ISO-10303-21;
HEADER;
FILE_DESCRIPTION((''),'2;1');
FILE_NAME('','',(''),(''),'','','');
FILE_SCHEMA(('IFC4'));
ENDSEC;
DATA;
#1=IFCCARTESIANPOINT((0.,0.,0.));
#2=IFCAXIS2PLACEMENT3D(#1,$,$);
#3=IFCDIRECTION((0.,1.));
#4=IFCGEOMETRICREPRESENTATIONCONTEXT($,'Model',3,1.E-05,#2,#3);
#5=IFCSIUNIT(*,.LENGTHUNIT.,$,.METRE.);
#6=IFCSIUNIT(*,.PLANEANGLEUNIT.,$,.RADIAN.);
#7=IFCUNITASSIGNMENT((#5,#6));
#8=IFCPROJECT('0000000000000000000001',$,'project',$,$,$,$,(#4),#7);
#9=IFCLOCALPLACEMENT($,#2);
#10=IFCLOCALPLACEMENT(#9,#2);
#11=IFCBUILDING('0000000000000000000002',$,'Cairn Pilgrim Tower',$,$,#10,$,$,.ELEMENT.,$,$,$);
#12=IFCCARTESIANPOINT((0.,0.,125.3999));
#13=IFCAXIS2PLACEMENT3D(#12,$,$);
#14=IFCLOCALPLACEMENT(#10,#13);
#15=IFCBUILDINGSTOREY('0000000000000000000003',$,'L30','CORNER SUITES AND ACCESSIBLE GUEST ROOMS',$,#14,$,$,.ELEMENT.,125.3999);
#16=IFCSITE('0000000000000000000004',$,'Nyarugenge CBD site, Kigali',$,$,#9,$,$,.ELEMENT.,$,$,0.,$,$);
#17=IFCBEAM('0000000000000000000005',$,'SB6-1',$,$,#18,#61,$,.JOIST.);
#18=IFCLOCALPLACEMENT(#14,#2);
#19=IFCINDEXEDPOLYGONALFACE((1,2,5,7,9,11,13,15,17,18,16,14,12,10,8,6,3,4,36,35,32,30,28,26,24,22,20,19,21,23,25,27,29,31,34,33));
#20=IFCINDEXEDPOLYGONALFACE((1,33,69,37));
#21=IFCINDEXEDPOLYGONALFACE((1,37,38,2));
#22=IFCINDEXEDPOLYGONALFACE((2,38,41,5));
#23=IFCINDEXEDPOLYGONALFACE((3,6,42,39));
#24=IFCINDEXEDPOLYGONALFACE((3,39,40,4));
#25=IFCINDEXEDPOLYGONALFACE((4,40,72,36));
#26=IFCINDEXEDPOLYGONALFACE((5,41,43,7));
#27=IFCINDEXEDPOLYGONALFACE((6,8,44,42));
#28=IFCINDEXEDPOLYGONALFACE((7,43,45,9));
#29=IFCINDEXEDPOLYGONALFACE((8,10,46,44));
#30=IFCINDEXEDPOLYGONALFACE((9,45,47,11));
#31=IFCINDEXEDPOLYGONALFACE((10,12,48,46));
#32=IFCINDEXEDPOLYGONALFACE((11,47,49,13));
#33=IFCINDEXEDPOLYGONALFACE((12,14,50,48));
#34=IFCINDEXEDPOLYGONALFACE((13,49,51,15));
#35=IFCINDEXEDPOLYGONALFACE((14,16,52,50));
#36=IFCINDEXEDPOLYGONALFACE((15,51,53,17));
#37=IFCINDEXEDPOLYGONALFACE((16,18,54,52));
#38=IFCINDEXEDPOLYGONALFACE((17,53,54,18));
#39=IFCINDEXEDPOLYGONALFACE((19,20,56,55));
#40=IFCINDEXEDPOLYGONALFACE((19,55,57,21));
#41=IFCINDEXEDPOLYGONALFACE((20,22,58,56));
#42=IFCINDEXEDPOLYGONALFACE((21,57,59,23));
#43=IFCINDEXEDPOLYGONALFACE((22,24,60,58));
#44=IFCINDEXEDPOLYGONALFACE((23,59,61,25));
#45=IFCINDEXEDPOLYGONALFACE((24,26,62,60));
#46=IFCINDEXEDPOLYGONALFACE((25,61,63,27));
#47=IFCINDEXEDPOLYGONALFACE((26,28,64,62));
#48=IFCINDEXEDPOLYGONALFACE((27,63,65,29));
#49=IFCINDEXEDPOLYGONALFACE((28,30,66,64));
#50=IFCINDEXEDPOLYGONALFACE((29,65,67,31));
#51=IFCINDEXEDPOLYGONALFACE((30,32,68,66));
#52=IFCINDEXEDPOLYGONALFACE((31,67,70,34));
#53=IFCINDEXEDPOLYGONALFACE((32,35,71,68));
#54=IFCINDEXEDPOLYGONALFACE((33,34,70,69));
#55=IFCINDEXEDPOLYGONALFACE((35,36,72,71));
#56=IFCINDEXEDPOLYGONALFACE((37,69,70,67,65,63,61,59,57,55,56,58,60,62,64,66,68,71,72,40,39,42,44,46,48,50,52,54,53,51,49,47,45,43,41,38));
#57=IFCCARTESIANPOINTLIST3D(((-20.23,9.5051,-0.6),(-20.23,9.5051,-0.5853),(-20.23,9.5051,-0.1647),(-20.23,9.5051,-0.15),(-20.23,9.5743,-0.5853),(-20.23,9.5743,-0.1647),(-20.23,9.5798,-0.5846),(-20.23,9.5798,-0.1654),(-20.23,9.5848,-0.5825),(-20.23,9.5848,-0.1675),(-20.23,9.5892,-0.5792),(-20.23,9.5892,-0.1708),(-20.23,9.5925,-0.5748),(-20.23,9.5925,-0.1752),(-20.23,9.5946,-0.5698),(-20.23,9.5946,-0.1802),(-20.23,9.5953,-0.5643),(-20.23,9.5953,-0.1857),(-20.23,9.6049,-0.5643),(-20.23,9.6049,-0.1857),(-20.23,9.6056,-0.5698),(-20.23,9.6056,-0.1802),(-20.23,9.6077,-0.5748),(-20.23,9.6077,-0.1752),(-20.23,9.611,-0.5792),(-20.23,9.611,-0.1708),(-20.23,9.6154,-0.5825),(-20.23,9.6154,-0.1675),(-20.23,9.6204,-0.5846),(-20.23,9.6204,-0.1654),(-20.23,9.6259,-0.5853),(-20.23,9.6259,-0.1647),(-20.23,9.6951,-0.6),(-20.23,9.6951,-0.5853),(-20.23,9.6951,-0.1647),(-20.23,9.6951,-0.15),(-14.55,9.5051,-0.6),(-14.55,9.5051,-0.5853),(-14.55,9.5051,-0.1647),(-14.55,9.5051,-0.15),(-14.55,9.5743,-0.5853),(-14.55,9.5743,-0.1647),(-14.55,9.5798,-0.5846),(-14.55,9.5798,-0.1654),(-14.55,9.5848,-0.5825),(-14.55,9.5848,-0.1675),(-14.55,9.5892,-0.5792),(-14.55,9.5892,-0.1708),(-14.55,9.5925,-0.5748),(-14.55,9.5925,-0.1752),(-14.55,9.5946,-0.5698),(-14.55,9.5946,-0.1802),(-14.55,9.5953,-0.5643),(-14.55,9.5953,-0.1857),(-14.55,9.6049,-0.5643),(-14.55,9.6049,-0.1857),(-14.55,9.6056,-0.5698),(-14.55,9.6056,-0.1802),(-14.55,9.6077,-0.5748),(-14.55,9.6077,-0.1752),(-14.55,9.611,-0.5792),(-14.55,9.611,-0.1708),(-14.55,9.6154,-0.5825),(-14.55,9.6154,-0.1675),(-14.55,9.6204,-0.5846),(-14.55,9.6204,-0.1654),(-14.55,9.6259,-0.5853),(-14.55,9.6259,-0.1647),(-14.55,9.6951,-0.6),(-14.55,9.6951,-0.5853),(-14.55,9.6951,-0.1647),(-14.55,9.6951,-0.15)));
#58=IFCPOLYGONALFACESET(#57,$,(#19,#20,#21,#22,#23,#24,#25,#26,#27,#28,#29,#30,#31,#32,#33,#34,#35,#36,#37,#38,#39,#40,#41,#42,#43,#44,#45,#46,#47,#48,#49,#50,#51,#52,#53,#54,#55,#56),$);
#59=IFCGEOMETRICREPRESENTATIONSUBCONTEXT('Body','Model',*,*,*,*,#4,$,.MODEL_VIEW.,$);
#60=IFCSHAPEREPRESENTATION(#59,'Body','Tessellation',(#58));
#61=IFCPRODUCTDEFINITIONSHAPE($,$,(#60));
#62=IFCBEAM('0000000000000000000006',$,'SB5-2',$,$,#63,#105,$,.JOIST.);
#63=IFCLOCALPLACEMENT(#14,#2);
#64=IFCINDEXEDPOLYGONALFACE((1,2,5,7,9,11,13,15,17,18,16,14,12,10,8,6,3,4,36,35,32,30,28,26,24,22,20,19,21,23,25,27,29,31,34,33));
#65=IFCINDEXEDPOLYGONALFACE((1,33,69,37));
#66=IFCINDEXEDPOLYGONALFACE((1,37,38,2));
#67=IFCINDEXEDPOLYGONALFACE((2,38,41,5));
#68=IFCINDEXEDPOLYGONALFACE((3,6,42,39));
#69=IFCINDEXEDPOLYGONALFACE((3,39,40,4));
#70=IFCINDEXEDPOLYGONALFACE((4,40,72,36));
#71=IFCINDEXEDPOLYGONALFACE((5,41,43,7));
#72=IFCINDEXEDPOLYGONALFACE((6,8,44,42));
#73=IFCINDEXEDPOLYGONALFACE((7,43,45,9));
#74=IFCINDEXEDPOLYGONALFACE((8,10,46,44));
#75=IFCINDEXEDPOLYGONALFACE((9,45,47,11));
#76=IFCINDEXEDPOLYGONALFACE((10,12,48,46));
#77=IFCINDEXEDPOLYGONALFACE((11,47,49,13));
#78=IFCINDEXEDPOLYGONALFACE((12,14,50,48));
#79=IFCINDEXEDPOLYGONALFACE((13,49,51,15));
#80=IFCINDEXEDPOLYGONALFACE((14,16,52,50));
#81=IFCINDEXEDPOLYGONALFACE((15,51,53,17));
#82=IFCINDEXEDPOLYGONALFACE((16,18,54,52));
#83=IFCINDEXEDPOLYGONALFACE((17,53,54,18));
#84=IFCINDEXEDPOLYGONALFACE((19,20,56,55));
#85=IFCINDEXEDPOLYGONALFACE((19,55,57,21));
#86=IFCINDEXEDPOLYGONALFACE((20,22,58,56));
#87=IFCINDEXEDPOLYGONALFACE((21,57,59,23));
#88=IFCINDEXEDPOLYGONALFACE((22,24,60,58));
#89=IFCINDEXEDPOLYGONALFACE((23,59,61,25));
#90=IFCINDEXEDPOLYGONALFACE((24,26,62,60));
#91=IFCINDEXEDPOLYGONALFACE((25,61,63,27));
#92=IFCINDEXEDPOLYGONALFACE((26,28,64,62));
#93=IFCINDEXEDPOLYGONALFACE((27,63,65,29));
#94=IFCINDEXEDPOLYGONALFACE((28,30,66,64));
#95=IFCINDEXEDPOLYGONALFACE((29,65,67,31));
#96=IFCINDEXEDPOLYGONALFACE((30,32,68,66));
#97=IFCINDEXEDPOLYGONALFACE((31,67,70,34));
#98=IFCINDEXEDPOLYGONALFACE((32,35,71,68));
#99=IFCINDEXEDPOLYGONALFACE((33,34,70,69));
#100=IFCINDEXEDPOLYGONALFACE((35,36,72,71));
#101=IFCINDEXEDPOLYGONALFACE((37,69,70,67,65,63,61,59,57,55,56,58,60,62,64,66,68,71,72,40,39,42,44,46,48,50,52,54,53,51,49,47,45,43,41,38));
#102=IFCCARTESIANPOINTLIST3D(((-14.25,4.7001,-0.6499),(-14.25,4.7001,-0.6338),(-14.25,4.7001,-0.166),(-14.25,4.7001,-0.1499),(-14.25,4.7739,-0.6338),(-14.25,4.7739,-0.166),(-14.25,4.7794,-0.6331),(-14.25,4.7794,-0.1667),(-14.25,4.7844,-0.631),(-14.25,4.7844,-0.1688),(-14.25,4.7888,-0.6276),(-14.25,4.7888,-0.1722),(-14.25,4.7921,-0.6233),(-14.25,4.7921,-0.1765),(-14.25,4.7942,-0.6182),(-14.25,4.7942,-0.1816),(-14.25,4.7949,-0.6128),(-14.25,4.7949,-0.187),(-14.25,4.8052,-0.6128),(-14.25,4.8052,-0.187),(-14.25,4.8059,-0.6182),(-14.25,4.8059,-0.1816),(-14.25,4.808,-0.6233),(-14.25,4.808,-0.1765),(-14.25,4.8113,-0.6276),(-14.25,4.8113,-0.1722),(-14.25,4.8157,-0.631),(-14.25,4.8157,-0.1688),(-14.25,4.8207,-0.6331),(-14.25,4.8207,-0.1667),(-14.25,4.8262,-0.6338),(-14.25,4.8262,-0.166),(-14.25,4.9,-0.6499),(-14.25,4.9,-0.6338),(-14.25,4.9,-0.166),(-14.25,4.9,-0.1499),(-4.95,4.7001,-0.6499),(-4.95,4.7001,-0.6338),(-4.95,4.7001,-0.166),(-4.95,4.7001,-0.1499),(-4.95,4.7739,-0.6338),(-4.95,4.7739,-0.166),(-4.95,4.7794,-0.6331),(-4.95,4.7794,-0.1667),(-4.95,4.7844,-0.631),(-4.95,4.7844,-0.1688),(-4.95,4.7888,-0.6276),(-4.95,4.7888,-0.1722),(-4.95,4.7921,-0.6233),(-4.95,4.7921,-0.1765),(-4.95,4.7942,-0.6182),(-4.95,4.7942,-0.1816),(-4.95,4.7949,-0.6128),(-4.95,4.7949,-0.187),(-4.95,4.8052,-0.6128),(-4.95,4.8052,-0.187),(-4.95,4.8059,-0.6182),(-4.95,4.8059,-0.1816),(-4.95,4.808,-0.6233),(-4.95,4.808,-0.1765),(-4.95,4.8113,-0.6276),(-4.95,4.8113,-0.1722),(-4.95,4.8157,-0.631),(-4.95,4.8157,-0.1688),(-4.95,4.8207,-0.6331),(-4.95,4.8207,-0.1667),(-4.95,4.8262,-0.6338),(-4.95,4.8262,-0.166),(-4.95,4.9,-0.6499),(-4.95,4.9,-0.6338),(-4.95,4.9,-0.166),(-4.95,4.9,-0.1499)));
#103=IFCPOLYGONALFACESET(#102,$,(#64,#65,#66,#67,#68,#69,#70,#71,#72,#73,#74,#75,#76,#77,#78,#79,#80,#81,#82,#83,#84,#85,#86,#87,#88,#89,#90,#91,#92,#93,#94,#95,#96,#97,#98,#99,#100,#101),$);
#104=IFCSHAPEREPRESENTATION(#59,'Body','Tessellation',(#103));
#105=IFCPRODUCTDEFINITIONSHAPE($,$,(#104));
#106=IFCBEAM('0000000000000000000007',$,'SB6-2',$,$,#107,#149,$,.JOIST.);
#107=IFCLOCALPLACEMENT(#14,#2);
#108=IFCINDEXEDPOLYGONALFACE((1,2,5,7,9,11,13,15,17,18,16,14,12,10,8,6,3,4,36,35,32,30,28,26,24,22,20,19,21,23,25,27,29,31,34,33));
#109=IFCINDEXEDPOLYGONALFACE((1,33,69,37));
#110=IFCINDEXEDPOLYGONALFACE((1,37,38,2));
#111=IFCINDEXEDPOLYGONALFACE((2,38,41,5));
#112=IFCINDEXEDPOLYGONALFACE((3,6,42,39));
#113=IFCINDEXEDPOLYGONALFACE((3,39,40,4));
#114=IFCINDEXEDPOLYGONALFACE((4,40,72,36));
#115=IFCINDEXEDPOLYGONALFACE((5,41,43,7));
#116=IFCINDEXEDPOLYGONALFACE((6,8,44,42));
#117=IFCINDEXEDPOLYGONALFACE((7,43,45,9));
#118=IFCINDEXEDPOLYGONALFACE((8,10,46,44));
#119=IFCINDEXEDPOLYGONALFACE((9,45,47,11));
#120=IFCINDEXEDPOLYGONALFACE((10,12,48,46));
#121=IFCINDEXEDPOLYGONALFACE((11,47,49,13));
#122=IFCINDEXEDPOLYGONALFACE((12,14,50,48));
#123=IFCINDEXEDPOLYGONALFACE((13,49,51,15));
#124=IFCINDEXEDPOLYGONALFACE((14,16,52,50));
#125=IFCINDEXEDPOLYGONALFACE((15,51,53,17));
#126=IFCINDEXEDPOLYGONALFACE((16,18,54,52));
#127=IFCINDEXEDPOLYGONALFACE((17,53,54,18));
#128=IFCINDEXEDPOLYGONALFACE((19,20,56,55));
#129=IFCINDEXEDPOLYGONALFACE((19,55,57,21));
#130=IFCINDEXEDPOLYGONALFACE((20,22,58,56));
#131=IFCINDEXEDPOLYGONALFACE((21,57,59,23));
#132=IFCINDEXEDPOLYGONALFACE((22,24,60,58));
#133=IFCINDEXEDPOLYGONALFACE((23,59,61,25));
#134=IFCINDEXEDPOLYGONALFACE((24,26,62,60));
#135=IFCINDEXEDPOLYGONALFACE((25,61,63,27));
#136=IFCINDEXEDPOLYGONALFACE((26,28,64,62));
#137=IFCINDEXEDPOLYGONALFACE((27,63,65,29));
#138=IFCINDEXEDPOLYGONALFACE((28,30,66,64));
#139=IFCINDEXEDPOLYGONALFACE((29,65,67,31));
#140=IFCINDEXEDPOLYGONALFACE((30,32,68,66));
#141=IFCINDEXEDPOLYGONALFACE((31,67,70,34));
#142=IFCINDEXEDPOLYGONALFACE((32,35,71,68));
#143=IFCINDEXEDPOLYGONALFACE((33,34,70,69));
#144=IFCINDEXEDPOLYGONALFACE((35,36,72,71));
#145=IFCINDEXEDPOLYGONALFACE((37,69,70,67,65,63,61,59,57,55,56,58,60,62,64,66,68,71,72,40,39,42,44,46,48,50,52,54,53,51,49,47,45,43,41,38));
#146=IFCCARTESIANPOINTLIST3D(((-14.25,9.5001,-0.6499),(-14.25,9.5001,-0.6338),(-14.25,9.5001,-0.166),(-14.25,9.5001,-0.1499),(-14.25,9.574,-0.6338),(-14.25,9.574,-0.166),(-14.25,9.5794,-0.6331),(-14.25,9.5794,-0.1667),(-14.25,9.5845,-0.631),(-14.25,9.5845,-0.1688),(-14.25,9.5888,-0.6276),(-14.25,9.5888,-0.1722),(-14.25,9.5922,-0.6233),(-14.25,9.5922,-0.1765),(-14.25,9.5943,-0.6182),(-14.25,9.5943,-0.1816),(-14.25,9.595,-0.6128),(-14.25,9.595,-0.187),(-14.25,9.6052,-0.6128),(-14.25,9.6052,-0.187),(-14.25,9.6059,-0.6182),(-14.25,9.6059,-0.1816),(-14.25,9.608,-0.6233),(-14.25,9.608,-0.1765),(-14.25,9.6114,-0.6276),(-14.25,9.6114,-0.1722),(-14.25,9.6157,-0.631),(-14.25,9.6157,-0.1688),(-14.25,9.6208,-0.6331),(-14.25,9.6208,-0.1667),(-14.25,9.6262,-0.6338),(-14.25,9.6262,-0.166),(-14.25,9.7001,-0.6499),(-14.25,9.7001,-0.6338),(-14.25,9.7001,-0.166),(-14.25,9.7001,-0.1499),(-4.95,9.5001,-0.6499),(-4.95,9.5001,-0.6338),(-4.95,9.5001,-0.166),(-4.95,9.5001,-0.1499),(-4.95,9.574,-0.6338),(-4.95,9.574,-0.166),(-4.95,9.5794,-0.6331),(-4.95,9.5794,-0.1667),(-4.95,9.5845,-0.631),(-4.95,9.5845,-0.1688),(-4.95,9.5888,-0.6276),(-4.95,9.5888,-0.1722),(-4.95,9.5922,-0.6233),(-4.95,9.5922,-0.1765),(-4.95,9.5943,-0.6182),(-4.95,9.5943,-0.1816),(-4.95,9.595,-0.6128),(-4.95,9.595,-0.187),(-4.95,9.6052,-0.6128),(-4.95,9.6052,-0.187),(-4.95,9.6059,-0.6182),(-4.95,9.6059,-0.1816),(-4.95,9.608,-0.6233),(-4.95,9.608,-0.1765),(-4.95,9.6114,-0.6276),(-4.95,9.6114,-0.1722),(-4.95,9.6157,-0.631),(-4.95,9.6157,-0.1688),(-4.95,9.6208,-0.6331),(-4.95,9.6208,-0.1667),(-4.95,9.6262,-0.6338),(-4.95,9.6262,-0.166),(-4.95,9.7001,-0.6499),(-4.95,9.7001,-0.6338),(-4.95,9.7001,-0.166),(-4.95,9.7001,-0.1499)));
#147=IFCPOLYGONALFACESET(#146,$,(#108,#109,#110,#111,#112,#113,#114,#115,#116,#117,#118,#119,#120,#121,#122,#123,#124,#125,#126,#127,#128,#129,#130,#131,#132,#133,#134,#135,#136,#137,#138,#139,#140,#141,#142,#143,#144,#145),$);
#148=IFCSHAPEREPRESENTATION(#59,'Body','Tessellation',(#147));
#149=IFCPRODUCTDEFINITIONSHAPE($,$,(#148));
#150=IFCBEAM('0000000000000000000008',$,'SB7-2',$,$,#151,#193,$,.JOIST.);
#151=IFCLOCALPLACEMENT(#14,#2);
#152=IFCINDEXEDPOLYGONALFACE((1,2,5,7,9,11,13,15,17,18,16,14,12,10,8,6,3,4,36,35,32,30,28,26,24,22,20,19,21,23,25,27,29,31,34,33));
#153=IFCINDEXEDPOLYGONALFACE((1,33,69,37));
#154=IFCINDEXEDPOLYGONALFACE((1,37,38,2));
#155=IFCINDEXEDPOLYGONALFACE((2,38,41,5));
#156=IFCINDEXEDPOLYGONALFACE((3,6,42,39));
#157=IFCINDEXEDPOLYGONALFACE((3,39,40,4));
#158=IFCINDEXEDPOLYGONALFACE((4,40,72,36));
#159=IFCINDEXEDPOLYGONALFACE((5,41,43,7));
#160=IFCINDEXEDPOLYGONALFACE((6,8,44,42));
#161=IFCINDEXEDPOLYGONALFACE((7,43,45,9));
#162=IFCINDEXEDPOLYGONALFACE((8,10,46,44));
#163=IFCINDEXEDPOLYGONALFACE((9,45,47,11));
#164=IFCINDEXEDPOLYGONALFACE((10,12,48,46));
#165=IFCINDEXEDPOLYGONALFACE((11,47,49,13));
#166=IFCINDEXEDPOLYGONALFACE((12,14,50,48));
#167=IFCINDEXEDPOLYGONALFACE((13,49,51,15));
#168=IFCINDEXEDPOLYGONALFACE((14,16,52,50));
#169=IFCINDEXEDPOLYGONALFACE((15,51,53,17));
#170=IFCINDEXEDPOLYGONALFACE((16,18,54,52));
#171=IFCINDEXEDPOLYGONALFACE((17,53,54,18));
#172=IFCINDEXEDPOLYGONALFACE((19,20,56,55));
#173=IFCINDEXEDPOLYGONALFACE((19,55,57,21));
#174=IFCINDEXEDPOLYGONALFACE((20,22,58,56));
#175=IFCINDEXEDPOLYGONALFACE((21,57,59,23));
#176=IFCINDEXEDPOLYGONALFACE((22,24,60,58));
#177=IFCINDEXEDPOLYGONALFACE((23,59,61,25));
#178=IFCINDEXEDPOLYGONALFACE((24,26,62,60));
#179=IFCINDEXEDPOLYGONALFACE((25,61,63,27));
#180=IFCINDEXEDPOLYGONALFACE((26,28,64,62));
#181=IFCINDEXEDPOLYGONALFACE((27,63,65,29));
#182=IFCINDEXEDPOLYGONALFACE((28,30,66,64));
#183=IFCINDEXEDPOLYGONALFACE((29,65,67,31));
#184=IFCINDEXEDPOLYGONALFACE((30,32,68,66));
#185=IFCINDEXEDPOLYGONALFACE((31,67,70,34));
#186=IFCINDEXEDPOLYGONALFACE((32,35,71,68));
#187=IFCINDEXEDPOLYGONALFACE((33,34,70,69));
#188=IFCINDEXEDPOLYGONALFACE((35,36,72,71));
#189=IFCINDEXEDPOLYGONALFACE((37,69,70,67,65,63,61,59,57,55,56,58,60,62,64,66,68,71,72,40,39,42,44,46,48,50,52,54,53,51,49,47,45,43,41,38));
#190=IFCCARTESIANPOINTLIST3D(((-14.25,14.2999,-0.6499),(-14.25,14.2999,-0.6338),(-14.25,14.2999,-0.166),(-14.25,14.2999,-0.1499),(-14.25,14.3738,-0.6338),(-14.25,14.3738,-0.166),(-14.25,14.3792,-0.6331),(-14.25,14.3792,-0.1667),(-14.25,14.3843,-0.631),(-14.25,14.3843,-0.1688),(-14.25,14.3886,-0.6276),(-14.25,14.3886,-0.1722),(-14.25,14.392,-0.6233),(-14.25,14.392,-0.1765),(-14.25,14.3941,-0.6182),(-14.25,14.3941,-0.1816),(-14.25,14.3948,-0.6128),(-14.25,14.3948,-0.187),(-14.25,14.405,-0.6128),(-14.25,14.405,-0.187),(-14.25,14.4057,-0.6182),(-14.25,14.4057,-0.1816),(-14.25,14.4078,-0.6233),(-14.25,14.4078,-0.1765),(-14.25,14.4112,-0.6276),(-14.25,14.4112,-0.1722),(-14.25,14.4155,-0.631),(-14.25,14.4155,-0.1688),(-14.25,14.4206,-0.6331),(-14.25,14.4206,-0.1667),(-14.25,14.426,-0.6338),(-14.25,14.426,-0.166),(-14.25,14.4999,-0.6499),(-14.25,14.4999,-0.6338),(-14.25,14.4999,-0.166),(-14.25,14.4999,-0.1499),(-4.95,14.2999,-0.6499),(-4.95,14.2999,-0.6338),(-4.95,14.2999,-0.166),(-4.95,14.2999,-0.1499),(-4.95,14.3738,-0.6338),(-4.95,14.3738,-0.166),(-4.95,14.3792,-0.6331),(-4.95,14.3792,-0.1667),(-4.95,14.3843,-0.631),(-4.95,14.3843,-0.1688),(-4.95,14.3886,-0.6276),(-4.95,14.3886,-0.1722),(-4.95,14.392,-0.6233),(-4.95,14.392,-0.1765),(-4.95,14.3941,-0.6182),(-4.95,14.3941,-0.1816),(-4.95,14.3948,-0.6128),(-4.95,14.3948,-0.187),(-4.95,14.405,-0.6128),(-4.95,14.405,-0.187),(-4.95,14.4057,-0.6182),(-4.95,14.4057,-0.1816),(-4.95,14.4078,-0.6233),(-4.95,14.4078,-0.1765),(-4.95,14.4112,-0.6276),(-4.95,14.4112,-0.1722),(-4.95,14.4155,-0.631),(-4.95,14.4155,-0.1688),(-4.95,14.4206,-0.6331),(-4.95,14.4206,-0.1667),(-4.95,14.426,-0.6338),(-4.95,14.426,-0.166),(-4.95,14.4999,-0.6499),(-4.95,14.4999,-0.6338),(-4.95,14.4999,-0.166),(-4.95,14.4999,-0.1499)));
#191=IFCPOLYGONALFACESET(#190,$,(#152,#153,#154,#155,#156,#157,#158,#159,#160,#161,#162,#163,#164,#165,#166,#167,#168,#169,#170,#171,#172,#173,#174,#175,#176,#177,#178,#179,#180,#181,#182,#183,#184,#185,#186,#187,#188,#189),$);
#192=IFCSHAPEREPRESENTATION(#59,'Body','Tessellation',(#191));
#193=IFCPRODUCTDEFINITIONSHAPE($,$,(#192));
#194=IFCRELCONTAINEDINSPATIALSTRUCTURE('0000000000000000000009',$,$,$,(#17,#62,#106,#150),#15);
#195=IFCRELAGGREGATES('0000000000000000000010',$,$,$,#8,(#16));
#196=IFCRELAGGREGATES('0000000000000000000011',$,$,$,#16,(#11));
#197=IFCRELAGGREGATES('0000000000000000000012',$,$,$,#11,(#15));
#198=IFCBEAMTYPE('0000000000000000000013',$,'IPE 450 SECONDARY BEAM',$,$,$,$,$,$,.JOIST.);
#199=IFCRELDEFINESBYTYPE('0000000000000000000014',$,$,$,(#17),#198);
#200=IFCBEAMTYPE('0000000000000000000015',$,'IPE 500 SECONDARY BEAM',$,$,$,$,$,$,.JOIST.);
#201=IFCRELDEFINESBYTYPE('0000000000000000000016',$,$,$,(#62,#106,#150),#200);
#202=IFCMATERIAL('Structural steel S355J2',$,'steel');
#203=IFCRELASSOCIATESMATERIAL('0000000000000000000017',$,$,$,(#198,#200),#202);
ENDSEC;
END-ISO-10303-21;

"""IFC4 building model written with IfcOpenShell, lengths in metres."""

from ifc_helpers import new_model, si_unit, direction, frame, origin, origin_2d, place, context, subcontext, project, spatial, i_section, extrude, material, material_profile, profile_set, type_object, element, save


model = new_model("IFC4")

# Units and contexts
model_context = context("Model", 3, precision=1e-05, world=origin(), true_north=direction((0.0, 1.0)))
body_context = subcontext(model_context, "Body", "Model", "MODEL_VIEW")
ifc_project = project(units=[si_unit("LENGTHUNIT", "METRE"), si_unit("PLANEANGLEUNIT", "RADIAN")], contexts=[model_context])

# Site, building, storey
site_placement = place(None, origin())
site = spatial("IfcSite", under=ifc_project, at=site_placement, Name="Nyarugenge CBD site, Kigali", CompositionType="ELEMENT", RefElevation=0.0)
building_placement = place(site_placement, origin())
building = spatial("IfcBuilding", under=site, at=building_placement, Name="Cairn Pilgrim Tower", CompositionType="ELEMENT")
storey_placement = place(building_placement, frame((0.0, 0.0, 125.3999)))
storey = spatial("IfcBuildingStorey", under=building, at=storey_placement, Name="L30", Description="CORNER SUITES AND ACCESSIBLE GUEST ROOMS", CompositionType="ELEMENT", Elevation=125.3999)

# Shared definitions
ifc_material_1 = material(Name="Structural steel S355J2", Category="steel")

# Beams
ifc_material_profile_1 = material_profile(ifc_material_1, i_section(OverallWidth=0.1899, OverallDepth=0.45, WebThickness=0.0095, FlangeThickness=0.0146, FilletRadius=0.021, at=origin_2d()), Name="IPE 450")
ifc_profile_set_1 = profile_set([ifc_material_profile_1], Name="Structural steel S355J2")
beam_type_1 = type_object("IfcBeamType", Name="IPE 450 SECONDARY BEAM", PredefinedType="JOIST", material=ifc_profile_set_1)
beam_1_placement = place(storey_placement, frame((-20.23, 9.6001, -0.375), z_axis=(1.0, 0.0, 0.0), x_axis=(0.0, 1.0, 0.0)))
element("IfcBeam", 1, at=beam_1_placement, inside=storey, type_object=beam_type_1, Name="SB6-1", PredefinedType="JOIST", context=body_context, shape_type="SweptSolid", body=[
    extrude(i_section(OverallWidth=0.1899, OverallDepth=0.45, WebThickness=0.0095, FlangeThickness=0.0146, FilletRadius=0.021, at=origin_2d()), origin(), (0.0, 0.0, 1.0), 5.6799),
])
ifc_material_profile_2 = material_profile(ifc_material_1, i_section(OverallWidth=0.2, OverallDepth=0.5, WebThickness=0.0103, FlangeThickness=0.0161, FilletRadius=0.021, at=origin_2d()), Name="IPE 500")
ifc_profile_set_2 = profile_set([ifc_material_profile_2], Name="Structural steel S355J2")
beam_type_2 = type_object("IfcBeamType", Name="IPE 500 SECONDARY BEAM", PredefinedType="JOIST", material=ifc_profile_set_2)
for number, where, z_axis, x_axis, name in (
    (2, (-14.25, 4.8, -0.3999), (1.0, 0.0, 0.0), (0.0, 1.0, 0.0), "SB5-2"),
    (3, (-14.25, 9.6001, -0.3999), (1.0, 0.0, 0.0), (0.0, 1.0, 0.0), "SB6-2"),
    (4, (-14.25, 14.3999, -0.3999), (1.0, 0.0, 0.0), (0.0, 1.0, 0.0), "SB7-2"),
):
    element("IfcBeam", number, at=place(storey_placement, frame(where, z_axis=z_axis, x_axis=x_axis)), inside=storey, type_object=beam_type_2, Name=name, PredefinedType="JOIST", context=body_context, shape_type="SweptSolid", body=[
        extrude(i_section(OverallWidth=0.2, OverallDepth=0.5, WebThickness=0.0103, FlangeThickness=0.0161, FilletRadius=0.021, at=origin_2d()), origin(), (0.0, 0.0, 1.0), 9.3),
    ])

save(model, "model.ifc")
